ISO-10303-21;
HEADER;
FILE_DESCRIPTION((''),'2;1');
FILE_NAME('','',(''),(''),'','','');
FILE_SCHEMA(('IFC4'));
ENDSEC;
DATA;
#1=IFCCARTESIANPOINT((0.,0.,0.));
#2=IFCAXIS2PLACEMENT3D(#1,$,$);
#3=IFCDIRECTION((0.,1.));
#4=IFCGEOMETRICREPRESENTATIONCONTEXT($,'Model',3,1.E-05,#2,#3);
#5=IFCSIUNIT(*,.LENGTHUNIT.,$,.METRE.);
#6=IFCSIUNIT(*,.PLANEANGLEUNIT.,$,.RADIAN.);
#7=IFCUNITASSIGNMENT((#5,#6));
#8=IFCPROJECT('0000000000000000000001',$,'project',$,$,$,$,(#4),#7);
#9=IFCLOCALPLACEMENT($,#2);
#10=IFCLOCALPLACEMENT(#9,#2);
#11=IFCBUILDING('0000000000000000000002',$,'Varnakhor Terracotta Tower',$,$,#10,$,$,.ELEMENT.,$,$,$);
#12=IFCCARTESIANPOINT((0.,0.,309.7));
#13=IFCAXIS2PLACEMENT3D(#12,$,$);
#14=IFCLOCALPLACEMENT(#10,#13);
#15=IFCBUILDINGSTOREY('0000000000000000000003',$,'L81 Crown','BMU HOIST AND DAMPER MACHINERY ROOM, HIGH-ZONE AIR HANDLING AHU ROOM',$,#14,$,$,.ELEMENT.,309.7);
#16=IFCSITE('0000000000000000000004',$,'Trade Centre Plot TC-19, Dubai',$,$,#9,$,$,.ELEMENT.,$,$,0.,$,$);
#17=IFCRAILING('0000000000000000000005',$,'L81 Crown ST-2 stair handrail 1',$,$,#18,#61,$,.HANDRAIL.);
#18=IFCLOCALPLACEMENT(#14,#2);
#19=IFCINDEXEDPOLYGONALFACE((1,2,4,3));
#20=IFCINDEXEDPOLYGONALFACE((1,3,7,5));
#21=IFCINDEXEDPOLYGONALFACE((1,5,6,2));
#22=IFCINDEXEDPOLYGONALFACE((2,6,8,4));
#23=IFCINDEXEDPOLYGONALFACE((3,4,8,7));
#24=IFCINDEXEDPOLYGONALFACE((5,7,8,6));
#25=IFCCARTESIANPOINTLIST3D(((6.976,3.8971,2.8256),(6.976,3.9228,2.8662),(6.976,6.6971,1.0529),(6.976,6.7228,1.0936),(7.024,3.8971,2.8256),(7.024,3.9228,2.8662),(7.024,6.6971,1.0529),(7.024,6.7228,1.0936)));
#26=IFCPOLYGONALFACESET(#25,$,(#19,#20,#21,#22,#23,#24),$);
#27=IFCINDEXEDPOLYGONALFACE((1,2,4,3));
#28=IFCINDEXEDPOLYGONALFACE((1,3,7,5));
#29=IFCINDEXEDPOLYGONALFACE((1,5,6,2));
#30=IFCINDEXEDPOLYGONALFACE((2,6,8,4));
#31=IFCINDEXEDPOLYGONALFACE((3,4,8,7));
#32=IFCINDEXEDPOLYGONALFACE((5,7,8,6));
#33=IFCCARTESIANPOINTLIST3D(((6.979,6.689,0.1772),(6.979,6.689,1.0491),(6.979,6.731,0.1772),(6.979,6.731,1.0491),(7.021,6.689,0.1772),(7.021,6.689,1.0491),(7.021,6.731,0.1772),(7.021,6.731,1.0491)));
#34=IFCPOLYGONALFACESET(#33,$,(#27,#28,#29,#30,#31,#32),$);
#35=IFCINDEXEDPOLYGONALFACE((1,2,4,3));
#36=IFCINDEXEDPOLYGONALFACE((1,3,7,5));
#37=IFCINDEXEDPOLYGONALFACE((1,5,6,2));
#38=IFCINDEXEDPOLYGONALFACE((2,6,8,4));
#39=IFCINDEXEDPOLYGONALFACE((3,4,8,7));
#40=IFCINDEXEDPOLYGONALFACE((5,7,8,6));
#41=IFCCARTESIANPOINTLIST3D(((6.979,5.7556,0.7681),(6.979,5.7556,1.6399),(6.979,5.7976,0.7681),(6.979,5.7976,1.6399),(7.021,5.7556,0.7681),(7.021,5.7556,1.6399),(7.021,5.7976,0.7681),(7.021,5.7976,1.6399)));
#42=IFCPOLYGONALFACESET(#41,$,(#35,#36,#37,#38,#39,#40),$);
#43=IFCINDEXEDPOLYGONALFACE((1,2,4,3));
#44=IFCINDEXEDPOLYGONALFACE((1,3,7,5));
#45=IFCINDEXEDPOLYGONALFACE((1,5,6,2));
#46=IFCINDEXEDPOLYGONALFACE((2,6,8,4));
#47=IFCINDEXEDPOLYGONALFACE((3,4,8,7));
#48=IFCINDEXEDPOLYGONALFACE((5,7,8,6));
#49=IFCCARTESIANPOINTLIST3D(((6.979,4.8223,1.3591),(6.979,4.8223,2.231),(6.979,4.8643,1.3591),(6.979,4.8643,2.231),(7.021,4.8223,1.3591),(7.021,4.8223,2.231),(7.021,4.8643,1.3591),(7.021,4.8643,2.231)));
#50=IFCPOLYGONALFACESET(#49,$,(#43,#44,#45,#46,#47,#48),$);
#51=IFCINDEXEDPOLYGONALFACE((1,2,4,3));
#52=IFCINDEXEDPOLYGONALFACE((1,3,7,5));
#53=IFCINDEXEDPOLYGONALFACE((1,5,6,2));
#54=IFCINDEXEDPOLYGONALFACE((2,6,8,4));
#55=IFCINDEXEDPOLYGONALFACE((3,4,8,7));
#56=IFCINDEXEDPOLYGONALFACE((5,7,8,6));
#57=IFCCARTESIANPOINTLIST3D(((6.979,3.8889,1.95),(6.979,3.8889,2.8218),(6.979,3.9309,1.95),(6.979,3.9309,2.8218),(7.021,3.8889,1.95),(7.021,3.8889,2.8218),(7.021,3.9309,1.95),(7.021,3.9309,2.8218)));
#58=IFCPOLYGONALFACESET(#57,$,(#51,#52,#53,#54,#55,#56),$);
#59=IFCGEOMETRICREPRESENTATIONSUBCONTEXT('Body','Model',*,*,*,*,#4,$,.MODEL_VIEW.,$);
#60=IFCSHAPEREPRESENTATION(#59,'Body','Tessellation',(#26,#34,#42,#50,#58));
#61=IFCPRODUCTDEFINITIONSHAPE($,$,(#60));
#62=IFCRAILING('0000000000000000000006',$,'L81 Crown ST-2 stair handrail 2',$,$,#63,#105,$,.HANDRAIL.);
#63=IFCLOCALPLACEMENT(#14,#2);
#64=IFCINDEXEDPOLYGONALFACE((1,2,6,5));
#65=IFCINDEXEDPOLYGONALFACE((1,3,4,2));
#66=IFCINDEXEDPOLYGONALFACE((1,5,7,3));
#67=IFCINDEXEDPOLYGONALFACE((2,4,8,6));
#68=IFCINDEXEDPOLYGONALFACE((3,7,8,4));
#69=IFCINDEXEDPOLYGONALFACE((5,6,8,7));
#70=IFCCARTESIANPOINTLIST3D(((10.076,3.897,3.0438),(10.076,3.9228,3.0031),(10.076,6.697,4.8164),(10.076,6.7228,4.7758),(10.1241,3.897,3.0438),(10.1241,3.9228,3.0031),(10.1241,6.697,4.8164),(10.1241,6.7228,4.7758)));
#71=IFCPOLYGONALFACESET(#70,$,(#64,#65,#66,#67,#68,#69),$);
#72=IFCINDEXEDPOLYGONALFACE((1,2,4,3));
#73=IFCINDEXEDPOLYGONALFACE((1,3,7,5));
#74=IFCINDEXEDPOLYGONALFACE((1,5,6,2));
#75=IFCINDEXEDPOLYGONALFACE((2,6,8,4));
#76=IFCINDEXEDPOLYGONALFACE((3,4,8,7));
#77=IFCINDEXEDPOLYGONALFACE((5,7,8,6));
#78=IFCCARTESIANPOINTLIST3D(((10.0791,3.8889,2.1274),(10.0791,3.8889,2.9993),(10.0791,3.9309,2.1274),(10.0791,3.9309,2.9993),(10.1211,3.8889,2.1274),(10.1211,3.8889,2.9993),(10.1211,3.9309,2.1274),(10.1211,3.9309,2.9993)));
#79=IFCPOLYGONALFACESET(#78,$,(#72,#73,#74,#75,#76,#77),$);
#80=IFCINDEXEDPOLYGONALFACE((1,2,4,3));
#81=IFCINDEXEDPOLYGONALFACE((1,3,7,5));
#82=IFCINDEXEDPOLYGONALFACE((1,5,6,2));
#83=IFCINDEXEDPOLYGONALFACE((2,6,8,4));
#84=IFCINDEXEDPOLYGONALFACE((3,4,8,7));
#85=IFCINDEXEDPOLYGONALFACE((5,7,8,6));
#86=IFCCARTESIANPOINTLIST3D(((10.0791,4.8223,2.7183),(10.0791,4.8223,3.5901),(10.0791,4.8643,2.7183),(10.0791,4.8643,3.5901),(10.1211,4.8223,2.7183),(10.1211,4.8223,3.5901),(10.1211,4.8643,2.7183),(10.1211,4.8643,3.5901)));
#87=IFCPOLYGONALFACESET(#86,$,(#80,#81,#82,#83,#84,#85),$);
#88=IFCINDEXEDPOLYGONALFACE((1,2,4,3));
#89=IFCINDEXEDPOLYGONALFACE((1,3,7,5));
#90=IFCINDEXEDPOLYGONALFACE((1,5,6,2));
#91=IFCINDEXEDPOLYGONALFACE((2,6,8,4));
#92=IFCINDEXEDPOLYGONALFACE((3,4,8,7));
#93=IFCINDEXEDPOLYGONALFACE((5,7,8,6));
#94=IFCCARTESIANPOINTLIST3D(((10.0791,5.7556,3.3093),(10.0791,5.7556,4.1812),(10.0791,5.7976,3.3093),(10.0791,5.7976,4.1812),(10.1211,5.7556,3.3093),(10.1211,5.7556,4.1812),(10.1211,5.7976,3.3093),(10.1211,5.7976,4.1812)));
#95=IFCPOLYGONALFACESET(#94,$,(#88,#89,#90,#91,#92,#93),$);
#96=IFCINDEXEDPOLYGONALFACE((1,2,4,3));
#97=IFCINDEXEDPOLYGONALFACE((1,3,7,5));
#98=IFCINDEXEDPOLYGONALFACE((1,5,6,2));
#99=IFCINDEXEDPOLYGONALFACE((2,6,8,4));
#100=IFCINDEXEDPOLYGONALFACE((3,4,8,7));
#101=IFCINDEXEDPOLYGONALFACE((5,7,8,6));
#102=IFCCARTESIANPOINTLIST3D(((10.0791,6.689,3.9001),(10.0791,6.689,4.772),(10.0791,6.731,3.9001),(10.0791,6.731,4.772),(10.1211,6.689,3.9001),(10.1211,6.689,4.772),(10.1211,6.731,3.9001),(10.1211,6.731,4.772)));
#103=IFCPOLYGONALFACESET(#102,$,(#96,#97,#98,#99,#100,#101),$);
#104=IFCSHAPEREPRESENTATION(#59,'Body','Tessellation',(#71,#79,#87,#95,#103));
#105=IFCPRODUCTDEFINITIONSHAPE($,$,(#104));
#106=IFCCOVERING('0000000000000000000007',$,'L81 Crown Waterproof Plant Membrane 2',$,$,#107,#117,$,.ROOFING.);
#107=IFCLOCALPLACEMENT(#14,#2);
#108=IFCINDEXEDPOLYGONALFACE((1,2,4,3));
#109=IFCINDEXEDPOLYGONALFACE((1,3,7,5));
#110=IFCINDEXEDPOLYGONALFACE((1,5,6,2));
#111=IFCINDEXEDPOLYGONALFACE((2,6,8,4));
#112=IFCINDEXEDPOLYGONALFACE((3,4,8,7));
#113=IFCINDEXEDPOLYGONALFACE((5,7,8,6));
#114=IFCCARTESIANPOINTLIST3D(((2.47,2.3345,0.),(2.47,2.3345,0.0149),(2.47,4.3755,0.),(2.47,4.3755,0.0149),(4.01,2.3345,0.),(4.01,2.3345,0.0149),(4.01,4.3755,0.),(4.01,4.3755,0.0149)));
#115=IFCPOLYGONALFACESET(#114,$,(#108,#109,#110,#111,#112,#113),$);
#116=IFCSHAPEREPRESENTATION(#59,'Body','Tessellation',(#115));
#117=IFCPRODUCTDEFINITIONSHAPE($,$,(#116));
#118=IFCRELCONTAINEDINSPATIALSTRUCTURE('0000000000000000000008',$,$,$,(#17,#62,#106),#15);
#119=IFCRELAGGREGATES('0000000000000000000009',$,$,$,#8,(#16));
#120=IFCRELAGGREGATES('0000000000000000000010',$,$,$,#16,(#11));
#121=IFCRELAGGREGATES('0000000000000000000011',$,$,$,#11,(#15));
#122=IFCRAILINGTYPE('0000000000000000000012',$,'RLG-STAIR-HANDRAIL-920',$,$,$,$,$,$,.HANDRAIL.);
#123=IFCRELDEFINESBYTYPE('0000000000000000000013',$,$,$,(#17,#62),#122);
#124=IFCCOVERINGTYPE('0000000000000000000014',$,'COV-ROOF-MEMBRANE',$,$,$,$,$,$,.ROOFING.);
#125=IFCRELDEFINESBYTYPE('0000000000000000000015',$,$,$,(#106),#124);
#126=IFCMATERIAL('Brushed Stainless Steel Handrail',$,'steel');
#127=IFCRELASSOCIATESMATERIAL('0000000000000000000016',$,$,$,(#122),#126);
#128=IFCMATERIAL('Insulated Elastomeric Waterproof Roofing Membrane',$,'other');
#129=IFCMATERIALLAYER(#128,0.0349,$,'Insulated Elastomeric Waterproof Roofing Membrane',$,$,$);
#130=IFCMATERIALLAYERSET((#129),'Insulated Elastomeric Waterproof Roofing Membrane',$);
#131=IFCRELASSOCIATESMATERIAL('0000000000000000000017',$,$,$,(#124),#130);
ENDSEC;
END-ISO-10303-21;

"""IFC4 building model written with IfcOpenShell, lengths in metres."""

from ifc_helpers import new_model, si_unit, direction, frame, origin, origin_2d, place, context, subcontext, project, spatial, rectangle, extrude, source, transform, mapped, material, layer, layer_set, type_object, element, save


model = new_model("IFC4")

# Units and contexts
model_context = context("Model", 3, precision=1e-05, world=origin(), true_north=direction((0.0, 1.0)))
body_context = subcontext(model_context, "Body", "Model", "MODEL_VIEW")
ifc_project = project(units=[si_unit("LENGTHUNIT", "METRE"), si_unit("PLANEANGLEUNIT", "RADIAN")], contexts=[model_context])

# Site, building, storey
site_placement = place(None, origin())
site = spatial("IfcSite", under=ifc_project, at=site_placement, Name="Trade Centre Plot TC-19, Dubai", CompositionType="ELEMENT", RefElevation=0.0)
building_placement = place(site_placement, origin())
building = spatial("IfcBuilding", under=site, at=building_placement, Name="Varnakhor Terracotta Tower", CompositionType="ELEMENT")
storey_placement = place(building_placement, frame((0.0, 0.0, 309.7)))
storey = spatial("IfcBuildingStorey", under=building, at=storey_placement, Name="L81 Crown", Description="BMU HOIST AND DAMPER MACHINERY ROOM, HIGH-ZONE AIR HANDLING AHU ROOM", CompositionType="ELEMENT", Elevation=309.7)

# Railings
ifc_material_1 = material(Name="Brushed Stainless Steel Handrail", Category="steel")
railing_type_1 = type_object("IfcRailingType", Name="RLG-STAIR-HANDRAIL-920", PredefinedType="HANDRAIL", material=ifc_material_1)
railing_1_placement = place(storey_placement, frame((7.0, 6.71, 0.1772)))
element("IfcRailing", 1, at=railing_1_placement, inside=storey, type_object=railing_type_1, Name="L81 Crown ST-2 stair handrail 1", PredefinedType="HANDRAIL", context=body_context, shape_type="SweptSolid", body=[
    extrude(rectangle(XDim=0.0481, YDim=0.0481, at=origin_2d()), frame((0.0, 0.0, 0.896), z_axis=(0.0, -0.844909, 0.53491), x_axis=(1.0, 0.0, 0.0)), (0.0, 0.0, 1.0), 3.314),
    extrude(rectangle(XDim=0.042, YDim=0.042, at=origin_2d()), origin(), (0.0, 0.0, 1.0), 0.8718),
    extrude(rectangle(XDim=0.042, YDim=0.042, at=origin_2d()), frame((0.0, -0.9333, 0.5908)), (0.0, 0.0, 1.0), 0.8718),
    extrude(rectangle(XDim=0.042, YDim=0.042, at=origin_2d()), frame((0.0, -1.8667, 1.1819)), (0.0, 0.0, 1.0), 0.8718),
    extrude(rectangle(XDim=0.042, YDim=0.042, at=origin_2d()), frame((0.0, -2.8, 1.7727)), (0.0, 0.0, 1.0), 0.8718),
])
railing_2_placement = place(storey_placement, frame((10.1001, 3.9099, 2.1274)))
element("IfcRailing", 2, at=railing_2_placement, inside=storey, type_object=railing_type_1, Name="L81 Crown ST-2 stair handrail 2", PredefinedType="HANDRAIL", context=body_context, shape_type="SweptSolid", body=[
    extrude(rectangle(XDim=0.0481, YDim=0.0481, at=origin_2d()), frame((0.0, 0.0, 0.896), z_axis=(0.0, 0.844909, 0.53491), x_axis=(-1.0, 0.0, 0.0)), (0.0, 0.0, 1.0), 3.314),
    extrude(rectangle(XDim=0.042, YDim=0.042, at=origin_2d()), origin(), (0.0, 0.0, 1.0), 0.8718),
    extrude(rectangle(XDim=0.042, YDim=0.042, at=origin_2d()), frame((0.0, 0.9333, 0.5908)), (0.0, 0.0, 1.0), 0.8718),
    extrude(rectangle(XDim=0.042, YDim=0.042, at=origin_2d()), frame((0.0, 1.8667, 1.1819)), (0.0, 0.0, 1.0), 0.8718),
    extrude(rectangle(XDim=0.042, YDim=0.042, at=origin_2d()), frame((0.0, 2.8, 1.7727)), (0.0, 0.0, 1.0), 0.8718),
])

# Covering
ifc_material_2 = material(Name="Insulated Elastomeric Waterproof Roofing Membrane", Category="other")
ifc_layer_1 = layer(ifc_material_2, 0.0349, Name="Insulated Elastomeric Waterproof Roofing Membrane")
ifc_layer_set_1 = layer_set([ifc_layer_1], Name="Insulated Elastomeric Waterproof Roofing Membrane")
covering_type = type_object("IfcCoveringType", Name="COV-ROOF-MEMBRANE", PredefinedType="ROOFING", material=ifc_layer_set_1)
shared_shape_1 = source(origin(), body_context, "Body", "SweptSolid", [
    extrude(rectangle(XDim=1.54, YDim=2.041, at=origin_2d()), origin(), (0.0, 0.0, 1.0), 0.0149),
])
covering_placement = place(storey_placement, frame((3.24, 3.355, 0.0), z_axis=(0.0, 0.0, 1.0), x_axis=(1.0, 0.0, 0.0)))
element("IfcCovering", 3, at=covering_placement, inside=storey, type_object=covering_type, Name="L81 Crown Waterproof Plant Membrane 2", PredefinedType="ROOFING", context=body_context, shape_type="MappedRepresentation", body=[
    mapped(shared_shape_1, transform((0.0, 0.0, 0.0), scale=1.0)),
])

save(model, "model.ifc")
